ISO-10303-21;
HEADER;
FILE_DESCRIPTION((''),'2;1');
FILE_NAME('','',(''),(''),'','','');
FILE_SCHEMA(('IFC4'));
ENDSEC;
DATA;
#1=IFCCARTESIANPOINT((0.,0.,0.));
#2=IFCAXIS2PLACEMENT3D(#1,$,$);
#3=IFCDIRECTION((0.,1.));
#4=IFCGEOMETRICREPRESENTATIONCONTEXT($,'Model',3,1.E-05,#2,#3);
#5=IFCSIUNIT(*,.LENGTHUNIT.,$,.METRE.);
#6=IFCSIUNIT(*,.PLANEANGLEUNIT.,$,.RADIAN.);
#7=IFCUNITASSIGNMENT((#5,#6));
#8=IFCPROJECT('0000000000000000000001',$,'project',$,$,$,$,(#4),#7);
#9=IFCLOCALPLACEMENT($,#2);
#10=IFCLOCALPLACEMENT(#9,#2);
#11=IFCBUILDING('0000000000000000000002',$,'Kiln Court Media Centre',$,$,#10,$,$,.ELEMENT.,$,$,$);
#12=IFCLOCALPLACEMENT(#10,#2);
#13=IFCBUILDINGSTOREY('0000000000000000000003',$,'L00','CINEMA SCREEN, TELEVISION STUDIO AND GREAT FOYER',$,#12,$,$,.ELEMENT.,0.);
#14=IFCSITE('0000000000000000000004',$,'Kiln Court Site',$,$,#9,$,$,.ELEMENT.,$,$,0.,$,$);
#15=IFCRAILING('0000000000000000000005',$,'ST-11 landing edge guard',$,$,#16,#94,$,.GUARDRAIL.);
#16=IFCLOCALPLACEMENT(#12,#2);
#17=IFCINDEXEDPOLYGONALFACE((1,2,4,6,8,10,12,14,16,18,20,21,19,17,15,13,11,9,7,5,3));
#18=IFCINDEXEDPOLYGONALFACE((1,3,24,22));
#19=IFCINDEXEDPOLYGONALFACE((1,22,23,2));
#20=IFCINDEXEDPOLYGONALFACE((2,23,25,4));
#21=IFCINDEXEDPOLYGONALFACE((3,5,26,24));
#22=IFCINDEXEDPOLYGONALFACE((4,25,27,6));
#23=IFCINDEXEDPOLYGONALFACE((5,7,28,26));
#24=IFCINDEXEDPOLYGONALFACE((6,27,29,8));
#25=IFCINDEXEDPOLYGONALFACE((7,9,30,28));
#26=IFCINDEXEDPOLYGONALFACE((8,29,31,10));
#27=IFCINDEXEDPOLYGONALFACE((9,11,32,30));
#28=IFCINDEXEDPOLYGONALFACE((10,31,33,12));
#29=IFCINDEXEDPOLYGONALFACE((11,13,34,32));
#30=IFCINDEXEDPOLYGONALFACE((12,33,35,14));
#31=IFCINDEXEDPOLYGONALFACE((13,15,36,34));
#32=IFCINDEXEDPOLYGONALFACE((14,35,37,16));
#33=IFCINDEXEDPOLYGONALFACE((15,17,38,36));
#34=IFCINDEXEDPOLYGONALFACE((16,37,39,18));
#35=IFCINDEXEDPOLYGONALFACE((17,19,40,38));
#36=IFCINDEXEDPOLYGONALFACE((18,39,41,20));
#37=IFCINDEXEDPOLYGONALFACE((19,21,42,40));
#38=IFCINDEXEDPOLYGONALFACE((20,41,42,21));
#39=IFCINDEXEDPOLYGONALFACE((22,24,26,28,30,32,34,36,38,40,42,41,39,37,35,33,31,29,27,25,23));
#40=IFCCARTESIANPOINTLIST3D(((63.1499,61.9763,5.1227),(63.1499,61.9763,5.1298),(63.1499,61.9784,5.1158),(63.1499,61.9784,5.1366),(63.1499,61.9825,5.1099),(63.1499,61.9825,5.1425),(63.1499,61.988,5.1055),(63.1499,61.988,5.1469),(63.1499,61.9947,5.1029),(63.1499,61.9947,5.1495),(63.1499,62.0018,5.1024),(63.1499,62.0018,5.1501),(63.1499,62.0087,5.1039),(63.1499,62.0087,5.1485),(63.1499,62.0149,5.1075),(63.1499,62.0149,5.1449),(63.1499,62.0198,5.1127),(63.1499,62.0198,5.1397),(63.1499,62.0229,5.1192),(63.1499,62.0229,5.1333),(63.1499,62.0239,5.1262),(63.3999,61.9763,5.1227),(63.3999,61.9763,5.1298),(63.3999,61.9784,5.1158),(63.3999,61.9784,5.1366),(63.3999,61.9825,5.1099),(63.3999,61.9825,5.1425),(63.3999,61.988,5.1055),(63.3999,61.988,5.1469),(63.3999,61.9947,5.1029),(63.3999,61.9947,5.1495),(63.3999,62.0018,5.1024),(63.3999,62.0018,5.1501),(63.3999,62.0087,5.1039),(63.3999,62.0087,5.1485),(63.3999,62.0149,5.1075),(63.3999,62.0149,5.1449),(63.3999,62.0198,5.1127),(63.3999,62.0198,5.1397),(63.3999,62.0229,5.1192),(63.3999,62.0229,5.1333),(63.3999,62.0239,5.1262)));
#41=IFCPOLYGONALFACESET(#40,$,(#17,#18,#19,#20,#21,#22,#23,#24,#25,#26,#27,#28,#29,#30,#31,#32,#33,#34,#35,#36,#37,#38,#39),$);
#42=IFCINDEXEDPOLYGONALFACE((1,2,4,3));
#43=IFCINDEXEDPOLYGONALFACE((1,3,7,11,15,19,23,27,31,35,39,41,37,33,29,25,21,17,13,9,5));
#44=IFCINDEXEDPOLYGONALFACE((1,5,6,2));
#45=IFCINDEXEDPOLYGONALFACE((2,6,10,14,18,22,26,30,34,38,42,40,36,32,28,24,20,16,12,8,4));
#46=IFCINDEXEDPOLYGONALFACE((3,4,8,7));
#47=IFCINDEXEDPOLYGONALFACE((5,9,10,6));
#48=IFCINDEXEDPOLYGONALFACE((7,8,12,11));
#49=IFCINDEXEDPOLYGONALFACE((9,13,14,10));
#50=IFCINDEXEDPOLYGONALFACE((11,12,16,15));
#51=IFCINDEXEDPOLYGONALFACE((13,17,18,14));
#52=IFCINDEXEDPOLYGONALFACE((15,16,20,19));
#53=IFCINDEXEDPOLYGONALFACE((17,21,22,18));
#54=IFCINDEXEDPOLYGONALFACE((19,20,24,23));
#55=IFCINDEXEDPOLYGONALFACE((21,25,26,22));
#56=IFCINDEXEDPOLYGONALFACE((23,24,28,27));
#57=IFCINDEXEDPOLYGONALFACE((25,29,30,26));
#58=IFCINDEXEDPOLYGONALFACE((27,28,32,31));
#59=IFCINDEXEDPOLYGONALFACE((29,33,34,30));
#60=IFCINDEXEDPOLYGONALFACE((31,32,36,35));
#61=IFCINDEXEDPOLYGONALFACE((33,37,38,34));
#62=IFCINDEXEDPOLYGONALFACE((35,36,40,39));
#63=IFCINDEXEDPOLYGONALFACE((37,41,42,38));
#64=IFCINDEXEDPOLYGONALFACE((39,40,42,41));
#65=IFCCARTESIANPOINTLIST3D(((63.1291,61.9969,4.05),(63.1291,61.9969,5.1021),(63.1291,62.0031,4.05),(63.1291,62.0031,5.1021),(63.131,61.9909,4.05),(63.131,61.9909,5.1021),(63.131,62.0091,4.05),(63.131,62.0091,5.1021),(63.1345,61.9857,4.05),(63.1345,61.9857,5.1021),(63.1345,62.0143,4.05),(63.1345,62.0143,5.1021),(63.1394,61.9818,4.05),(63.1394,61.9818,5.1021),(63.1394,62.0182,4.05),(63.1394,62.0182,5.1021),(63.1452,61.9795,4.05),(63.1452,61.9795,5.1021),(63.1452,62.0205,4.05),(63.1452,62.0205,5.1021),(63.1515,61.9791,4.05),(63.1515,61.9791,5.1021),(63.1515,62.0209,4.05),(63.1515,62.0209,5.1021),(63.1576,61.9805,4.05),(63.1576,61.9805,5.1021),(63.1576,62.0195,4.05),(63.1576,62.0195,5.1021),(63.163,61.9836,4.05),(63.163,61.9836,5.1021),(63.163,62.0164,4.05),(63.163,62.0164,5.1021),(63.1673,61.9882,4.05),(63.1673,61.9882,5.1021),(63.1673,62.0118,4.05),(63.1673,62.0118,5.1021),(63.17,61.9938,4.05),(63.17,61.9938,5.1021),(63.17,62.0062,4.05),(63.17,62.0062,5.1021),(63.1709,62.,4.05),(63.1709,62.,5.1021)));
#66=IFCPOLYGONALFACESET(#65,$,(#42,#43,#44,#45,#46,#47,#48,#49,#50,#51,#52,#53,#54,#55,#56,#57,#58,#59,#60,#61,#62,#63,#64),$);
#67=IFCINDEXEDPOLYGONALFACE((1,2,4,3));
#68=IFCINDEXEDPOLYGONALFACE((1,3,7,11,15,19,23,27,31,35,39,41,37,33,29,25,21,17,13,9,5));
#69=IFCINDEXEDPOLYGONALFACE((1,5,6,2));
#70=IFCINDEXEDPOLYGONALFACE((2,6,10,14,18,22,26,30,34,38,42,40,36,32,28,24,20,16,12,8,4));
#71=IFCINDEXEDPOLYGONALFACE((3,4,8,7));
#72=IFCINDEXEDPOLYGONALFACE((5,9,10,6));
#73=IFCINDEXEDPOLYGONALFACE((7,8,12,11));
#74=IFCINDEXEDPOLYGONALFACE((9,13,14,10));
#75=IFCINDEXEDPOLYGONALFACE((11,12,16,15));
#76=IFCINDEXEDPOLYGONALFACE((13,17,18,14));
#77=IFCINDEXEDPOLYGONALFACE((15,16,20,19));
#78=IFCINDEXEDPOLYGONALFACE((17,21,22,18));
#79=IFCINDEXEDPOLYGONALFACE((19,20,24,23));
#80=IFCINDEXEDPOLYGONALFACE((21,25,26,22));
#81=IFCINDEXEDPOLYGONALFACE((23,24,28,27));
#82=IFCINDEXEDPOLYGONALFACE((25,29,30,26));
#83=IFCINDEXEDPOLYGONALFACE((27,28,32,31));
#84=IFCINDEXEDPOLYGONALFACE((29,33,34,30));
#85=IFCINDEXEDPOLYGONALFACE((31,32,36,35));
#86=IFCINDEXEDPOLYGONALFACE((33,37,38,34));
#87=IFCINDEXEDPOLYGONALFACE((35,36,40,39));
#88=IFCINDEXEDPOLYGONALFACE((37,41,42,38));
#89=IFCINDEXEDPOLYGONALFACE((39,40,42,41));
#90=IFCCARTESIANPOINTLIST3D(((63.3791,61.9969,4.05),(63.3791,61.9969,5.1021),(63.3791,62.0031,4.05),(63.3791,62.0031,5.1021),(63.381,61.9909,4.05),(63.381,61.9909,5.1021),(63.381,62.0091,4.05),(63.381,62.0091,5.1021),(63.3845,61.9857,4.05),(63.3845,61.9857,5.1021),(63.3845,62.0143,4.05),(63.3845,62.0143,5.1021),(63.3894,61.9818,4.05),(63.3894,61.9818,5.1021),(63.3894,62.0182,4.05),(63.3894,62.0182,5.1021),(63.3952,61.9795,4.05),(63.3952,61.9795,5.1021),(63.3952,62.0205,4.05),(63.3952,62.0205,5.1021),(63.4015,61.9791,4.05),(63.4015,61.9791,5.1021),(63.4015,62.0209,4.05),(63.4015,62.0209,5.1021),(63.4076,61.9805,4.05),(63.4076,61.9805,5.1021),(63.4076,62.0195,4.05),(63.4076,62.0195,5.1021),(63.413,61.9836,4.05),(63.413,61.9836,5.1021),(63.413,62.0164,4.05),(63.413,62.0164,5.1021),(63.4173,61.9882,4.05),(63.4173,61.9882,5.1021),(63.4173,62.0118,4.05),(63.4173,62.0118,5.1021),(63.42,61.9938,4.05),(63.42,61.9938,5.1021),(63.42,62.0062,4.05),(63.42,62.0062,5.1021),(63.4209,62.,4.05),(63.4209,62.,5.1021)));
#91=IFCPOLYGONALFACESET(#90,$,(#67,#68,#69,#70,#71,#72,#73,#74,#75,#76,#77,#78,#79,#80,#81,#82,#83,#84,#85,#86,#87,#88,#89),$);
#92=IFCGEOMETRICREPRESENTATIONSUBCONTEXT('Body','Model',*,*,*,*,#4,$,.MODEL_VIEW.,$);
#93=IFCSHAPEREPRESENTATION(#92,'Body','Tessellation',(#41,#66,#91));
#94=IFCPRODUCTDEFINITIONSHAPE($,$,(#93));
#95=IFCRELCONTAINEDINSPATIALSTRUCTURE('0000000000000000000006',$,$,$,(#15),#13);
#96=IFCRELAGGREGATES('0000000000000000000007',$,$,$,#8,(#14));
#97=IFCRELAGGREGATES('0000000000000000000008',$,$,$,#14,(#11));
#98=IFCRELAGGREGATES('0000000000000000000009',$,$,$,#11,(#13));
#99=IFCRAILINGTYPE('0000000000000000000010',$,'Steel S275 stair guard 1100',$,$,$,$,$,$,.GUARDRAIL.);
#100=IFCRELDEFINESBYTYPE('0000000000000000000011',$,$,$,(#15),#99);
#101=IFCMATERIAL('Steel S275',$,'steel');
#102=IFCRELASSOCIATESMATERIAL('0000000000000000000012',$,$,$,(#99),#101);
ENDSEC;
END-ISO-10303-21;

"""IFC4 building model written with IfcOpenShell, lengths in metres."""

from ifc_helpers import new_model, si_unit, direction, frame, origin, origin_2d, place, context, subcontext, project, spatial, circle, extrude, material, type_object, element, save


model = new_model("IFC4")

# Units and contexts
model_context = context("Model", 3, precision=1e-05, world=origin(), true_north=direction((0.0, 1.0)))
body_context = subcontext(model_context, "Body", "Model", "MODEL_VIEW")
ifc_project = project(units=[si_unit("LENGTHUNIT", "METRE"), si_unit("PLANEANGLEUNIT", "RADIAN")], contexts=[model_context])

# Site, building, storey
site_placement = place(None, origin())
site = spatial("IfcSite", under=ifc_project, at=site_placement, Name="Kiln Court Site", CompositionType="ELEMENT", RefElevation=0.0)
building_placement = place(site_placement, origin())
building = spatial("IfcBuilding", under=site, at=building_placement, Name="Kiln Court Media Centre", CompositionType="ELEMENT")
storey_placement = place(building_placement, origin())
storey = spatial("IfcBuildingStorey", under=building, at=storey_placement, Name="L00", Description="CINEMA SCREEN, TELEVISION STUDIO AND GREAT FOYER", CompositionType="ELEMENT", Elevation=0.0)

# Railing
ifc_material_1 = material(Name="Steel S275", Category="steel")
railing_type_1 = type_object("IfcRailingType", Name="Steel S275 stair guard 1100", PredefinedType="GUARDRAIL", material=ifc_material_1)
for number, where, name in (
    (1, (63.1499, 62.0, 4.05), "ST-11 landing edge guard"),
):
    element("IfcRailing", number, at=place(storey_placement, frame(where)), inside=storey, type_object=railing_type_1, Name=name, PredefinedType="GUARDRAIL", context=body_context, shape_type="SweptSolid", body=[
        extrude(circle(Radius=0.0239, at=origin_2d()), frame((0.0, 0.0, 1.0762), z_axis=(1.0, 0.0, 0.0), x_axis=(0.0, 1.0, 0.0)), (0.0, 0.0, 1.0), 0.25),
        extrude(circle(Radius=0.021, at=origin_2d()), origin(), (0.0, 0.0, 1.0), 1.052),
        extrude(circle(Radius=0.021, at=origin_2d()), frame((0.25, 0.0, 0.0)), (0.0, 0.0, 1.0), 1.052),
    ])

save(model, "model.ifc")
